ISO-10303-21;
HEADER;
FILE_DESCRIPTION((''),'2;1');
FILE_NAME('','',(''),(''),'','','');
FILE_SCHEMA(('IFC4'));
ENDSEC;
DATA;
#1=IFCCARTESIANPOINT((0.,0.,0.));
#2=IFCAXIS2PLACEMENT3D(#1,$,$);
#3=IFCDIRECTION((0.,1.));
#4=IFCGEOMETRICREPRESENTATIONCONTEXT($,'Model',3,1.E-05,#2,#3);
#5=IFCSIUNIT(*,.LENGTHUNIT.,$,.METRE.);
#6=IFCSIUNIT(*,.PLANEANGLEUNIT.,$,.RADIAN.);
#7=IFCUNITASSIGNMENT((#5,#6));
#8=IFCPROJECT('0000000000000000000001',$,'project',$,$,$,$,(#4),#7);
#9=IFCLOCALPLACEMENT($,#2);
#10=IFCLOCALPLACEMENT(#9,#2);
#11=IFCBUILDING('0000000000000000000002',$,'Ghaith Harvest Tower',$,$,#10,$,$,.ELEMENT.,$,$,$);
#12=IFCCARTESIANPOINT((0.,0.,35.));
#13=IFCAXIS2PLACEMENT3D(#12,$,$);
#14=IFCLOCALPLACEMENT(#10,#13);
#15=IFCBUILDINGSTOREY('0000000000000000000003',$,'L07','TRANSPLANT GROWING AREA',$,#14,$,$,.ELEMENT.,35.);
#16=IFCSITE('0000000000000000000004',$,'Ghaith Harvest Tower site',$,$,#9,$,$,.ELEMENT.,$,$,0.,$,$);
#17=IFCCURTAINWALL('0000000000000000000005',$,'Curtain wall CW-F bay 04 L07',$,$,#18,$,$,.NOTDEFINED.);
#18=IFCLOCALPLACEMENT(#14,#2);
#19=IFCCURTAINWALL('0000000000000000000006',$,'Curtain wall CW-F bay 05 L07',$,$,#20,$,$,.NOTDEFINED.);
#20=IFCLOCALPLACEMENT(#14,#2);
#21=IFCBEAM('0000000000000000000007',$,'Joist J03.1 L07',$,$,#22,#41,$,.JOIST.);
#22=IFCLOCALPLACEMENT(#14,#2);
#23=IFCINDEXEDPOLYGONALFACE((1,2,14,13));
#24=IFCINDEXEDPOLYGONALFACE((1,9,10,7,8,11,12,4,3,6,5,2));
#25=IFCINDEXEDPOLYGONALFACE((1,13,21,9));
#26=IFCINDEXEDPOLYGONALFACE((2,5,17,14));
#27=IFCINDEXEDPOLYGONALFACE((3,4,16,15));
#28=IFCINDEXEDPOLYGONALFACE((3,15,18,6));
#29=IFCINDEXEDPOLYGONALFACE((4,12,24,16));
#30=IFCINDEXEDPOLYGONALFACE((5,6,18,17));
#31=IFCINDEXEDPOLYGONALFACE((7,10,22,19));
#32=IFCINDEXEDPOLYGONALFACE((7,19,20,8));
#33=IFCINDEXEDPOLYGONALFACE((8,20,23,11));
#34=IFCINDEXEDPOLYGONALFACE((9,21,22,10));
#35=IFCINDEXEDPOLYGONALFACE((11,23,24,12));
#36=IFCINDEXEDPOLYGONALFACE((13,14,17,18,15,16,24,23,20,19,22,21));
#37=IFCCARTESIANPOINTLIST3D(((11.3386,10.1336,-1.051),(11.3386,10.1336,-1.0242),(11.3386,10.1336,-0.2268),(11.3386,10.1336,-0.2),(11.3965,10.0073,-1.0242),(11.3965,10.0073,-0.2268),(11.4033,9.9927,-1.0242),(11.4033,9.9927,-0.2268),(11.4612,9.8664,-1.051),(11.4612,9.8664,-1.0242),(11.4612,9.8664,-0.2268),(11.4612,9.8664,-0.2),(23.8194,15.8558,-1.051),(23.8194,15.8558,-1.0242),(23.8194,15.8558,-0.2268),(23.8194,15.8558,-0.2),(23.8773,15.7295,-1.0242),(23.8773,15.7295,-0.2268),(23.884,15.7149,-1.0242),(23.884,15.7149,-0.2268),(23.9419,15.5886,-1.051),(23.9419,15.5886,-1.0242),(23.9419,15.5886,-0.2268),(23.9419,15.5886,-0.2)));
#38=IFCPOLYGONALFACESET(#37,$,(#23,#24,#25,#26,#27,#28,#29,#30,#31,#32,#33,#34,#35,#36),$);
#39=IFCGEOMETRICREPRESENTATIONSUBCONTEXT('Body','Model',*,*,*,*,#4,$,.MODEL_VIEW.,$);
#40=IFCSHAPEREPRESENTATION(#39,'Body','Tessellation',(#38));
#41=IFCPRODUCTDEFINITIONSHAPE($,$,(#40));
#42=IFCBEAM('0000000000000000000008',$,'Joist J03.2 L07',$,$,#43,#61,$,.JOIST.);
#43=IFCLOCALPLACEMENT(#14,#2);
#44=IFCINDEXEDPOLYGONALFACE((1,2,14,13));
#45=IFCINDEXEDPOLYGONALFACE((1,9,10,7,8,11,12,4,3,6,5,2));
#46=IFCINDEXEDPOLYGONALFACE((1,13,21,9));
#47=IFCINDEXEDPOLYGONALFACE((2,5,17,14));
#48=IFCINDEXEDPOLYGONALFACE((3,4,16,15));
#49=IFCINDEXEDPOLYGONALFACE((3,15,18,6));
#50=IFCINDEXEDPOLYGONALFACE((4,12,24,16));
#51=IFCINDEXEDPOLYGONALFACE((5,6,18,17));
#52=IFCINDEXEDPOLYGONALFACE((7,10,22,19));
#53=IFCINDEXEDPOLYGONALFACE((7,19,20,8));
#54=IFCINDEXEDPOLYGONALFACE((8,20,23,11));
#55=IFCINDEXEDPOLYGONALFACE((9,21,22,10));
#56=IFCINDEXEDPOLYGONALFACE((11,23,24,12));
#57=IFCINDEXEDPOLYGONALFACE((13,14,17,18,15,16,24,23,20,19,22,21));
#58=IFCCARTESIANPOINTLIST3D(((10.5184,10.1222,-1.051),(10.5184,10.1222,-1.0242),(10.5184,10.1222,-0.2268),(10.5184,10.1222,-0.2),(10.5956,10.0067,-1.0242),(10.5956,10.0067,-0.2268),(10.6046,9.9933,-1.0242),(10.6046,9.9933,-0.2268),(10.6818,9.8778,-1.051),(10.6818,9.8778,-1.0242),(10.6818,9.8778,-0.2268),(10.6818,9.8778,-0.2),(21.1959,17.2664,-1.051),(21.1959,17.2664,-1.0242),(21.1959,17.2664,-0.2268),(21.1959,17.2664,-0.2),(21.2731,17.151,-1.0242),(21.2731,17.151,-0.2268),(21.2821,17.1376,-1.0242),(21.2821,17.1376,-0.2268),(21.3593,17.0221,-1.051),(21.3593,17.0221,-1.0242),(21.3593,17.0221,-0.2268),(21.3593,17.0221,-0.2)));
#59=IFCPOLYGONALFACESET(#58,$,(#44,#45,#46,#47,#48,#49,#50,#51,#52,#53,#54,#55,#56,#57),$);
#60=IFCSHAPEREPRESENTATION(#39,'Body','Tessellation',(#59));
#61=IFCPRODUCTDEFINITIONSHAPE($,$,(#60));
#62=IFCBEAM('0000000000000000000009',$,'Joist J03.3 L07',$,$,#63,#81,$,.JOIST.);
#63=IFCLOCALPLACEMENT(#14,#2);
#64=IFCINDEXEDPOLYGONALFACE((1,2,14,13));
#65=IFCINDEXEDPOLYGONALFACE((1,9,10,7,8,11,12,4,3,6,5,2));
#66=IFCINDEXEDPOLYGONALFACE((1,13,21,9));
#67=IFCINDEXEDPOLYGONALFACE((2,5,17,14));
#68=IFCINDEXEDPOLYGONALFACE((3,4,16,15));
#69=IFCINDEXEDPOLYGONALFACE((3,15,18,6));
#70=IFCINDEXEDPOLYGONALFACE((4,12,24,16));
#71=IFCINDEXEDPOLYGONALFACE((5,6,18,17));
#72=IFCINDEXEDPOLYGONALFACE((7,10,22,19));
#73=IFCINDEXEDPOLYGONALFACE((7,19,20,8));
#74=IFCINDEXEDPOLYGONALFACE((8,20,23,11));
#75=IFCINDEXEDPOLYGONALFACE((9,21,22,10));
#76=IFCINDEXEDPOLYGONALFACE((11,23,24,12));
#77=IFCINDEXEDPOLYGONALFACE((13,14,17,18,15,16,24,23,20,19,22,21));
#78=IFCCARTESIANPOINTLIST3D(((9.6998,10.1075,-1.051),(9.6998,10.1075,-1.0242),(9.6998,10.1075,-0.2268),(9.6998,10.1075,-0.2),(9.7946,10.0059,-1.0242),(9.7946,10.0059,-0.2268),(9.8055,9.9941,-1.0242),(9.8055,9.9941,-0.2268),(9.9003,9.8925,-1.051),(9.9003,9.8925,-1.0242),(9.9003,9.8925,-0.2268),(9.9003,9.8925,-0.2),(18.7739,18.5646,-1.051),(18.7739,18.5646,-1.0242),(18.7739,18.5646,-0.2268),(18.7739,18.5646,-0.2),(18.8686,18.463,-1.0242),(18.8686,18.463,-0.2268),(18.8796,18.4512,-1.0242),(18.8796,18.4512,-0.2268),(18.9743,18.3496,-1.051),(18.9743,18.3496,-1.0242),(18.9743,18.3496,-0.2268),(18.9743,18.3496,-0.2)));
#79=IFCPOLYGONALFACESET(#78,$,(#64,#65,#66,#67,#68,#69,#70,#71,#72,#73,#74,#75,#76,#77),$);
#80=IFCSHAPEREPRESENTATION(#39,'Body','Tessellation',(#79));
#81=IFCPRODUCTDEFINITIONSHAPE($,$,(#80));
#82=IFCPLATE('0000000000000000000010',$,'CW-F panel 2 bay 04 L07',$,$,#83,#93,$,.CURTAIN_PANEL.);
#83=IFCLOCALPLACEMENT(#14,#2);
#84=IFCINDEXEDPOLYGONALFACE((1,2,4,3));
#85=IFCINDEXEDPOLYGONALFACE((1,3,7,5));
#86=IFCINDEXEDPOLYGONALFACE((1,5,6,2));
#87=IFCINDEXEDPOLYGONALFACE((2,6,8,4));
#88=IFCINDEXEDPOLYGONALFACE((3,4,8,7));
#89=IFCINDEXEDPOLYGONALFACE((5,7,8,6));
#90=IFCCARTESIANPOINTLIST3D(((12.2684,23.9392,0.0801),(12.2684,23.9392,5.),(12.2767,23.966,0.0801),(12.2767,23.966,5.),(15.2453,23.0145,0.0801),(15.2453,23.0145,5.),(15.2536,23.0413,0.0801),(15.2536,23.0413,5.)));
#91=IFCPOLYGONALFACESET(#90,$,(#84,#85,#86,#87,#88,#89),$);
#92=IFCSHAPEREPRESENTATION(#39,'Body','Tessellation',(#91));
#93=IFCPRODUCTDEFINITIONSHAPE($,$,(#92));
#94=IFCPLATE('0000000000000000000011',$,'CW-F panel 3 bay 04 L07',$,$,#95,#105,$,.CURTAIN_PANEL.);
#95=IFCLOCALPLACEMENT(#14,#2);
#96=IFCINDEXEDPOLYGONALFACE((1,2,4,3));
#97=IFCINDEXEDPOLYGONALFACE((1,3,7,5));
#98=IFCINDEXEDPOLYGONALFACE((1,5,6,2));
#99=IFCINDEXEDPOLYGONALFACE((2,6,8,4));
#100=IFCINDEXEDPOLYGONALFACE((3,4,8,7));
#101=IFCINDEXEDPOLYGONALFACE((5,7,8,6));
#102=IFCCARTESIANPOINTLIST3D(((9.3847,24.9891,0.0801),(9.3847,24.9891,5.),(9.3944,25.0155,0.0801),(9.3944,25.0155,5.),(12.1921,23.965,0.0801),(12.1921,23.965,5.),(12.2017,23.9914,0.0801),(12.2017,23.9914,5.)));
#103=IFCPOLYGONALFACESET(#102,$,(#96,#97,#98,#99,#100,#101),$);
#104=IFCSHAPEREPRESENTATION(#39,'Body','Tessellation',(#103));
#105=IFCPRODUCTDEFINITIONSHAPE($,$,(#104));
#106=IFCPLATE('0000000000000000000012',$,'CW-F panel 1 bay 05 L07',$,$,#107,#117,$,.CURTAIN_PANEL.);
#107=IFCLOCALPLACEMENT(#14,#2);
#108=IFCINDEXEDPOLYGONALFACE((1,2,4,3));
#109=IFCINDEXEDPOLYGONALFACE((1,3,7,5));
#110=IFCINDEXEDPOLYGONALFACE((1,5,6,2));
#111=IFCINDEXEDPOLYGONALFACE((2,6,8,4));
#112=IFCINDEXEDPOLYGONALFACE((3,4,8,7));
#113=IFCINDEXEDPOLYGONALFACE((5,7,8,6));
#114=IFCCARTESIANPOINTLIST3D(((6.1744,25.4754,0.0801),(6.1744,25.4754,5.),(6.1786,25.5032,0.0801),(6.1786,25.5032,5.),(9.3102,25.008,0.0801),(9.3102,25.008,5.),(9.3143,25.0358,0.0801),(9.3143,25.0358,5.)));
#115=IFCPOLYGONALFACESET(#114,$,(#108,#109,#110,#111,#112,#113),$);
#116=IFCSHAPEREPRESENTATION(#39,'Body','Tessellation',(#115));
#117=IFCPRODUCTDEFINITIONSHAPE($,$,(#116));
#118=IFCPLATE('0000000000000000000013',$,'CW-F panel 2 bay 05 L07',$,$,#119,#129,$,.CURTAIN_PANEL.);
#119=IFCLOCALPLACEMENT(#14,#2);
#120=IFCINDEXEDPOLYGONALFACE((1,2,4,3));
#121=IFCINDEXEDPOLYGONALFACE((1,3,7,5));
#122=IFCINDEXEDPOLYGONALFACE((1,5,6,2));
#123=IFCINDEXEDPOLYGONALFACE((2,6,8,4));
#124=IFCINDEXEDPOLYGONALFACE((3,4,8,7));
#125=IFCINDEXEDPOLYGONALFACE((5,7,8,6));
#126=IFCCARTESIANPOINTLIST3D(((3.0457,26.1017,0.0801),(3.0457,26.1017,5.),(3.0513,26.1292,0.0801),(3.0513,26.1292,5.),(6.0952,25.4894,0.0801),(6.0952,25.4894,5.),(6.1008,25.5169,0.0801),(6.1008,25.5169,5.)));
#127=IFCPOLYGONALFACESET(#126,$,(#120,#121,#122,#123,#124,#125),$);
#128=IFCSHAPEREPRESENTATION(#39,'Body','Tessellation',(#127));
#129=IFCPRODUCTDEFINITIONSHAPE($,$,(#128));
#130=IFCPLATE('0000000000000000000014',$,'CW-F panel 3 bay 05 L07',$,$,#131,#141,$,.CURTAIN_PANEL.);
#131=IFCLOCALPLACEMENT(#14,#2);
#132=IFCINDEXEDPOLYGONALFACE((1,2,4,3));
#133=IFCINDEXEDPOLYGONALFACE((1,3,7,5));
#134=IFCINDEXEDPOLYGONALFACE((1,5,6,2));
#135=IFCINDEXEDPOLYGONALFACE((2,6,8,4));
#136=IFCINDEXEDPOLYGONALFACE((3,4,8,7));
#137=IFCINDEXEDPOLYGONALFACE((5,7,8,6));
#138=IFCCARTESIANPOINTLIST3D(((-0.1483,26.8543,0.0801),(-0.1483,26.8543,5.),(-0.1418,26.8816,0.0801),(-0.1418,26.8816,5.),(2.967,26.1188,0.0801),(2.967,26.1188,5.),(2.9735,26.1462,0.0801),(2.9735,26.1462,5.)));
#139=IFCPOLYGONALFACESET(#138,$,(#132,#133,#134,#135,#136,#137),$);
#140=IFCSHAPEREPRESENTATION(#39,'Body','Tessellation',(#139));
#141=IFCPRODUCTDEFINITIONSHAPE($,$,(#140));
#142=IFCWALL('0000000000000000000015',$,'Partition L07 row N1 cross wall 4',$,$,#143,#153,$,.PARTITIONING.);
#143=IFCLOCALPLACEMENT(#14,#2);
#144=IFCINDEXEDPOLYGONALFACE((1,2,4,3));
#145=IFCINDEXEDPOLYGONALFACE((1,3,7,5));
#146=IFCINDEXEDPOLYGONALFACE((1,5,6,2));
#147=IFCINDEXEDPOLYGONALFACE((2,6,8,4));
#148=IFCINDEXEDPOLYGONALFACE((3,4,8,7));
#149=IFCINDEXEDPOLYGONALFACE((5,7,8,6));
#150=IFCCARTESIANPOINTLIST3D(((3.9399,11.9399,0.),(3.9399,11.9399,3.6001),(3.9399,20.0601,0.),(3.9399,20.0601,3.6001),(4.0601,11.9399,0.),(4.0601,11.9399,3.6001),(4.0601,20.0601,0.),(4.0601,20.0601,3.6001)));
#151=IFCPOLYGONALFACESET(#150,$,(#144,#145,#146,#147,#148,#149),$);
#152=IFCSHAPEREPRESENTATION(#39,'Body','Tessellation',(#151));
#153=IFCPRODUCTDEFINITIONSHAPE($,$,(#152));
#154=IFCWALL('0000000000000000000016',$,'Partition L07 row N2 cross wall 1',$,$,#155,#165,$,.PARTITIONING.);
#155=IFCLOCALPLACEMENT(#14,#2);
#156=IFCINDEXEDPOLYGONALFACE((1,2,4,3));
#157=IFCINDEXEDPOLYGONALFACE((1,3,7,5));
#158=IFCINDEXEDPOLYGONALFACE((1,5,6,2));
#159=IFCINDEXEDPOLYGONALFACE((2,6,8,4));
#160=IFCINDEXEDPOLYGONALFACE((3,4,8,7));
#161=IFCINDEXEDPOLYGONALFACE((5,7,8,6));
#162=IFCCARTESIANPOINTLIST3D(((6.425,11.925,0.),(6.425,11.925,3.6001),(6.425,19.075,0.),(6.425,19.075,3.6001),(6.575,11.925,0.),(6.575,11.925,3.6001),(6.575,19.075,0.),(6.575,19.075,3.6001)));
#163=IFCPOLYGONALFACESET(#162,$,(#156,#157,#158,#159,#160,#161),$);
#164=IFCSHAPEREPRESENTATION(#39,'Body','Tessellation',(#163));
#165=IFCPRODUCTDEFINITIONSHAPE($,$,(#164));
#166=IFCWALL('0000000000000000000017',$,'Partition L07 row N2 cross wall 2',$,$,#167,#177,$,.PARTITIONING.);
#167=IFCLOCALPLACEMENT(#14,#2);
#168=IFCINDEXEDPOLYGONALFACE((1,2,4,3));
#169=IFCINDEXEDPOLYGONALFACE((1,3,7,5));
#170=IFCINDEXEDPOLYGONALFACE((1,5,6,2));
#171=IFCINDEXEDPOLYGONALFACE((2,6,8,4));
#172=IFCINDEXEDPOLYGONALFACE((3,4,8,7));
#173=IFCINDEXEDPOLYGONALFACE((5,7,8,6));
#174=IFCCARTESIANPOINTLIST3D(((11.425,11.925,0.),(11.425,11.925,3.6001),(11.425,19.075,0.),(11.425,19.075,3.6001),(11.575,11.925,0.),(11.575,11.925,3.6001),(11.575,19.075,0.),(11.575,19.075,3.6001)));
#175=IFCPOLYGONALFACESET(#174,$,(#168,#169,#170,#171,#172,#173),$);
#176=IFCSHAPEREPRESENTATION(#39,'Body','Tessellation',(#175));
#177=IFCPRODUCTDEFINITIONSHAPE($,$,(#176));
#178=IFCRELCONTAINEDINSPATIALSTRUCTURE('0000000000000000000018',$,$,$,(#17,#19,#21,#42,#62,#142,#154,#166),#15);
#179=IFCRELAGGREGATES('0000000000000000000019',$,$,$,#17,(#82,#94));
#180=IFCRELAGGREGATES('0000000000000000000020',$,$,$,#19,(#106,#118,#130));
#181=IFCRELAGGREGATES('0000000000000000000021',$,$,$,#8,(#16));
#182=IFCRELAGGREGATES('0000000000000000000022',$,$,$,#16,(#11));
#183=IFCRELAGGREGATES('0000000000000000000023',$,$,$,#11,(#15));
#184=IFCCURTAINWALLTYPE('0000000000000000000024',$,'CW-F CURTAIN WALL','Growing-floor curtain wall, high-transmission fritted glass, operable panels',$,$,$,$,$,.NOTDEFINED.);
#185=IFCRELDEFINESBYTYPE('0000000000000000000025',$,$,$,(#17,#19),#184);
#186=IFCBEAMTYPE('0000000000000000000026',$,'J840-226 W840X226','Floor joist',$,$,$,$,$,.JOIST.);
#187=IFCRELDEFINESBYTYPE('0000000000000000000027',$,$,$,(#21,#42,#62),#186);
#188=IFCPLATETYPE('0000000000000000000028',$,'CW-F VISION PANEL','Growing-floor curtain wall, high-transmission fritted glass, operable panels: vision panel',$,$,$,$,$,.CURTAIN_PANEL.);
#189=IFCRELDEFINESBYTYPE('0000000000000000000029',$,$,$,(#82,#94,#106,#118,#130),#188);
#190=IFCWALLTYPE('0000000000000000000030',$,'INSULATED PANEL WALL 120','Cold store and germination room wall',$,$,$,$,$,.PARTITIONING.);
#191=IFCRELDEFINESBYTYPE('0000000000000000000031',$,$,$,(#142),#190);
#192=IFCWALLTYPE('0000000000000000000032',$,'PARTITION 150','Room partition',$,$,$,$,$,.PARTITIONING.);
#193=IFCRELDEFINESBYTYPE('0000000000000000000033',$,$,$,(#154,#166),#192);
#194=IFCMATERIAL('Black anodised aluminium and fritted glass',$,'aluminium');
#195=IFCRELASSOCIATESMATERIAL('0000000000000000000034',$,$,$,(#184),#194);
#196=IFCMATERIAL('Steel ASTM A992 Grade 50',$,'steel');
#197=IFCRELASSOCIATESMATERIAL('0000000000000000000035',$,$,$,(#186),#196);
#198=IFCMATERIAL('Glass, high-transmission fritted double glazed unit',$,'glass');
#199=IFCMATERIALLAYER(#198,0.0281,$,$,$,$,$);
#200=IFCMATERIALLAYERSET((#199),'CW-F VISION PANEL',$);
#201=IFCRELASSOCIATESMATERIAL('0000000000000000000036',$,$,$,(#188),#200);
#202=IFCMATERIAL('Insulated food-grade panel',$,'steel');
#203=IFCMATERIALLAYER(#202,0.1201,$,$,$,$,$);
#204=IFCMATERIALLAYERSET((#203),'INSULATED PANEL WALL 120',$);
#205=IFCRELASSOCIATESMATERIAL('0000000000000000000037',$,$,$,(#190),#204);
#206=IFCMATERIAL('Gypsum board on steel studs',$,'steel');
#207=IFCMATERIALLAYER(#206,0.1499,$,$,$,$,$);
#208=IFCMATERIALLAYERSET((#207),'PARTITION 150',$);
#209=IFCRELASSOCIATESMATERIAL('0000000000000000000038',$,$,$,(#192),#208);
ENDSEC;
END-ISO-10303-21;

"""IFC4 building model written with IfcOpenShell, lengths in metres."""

from ifc_helpers import new_model, si_unit, direction, frame, frame_2d, origin, origin_2d, place, context, subcontext, project, spatial, rectangle, i_section, extrude, material, layer, layer_set, material_profile, profile_set, type_object, element, aggregate, save


model = new_model("IFC4")

# Units and contexts
model_context = context("Model", 3, precision=1e-05, world=origin(), true_north=direction((0.0, 1.0)))
body_context = subcontext(model_context, "Body", "Model", "MODEL_VIEW")
ifc_project = project(units=[si_unit("LENGTHUNIT", "METRE"), si_unit("PLANEANGLEUNIT", "RADIAN")], contexts=[model_context])

# Site, building, storey
site_placement = place(None, origin())
site = spatial("IfcSite", under=ifc_project, at=site_placement, Name="Ghaith Harvest Tower site", CompositionType="ELEMENT", RefElevation=0.0)
building_placement = place(site_placement, origin())
building = spatial("IfcBuilding", under=site, at=building_placement, Name="Ghaith Harvest Tower", CompositionType="ELEMENT")
storey_placement = place(building_placement, frame((0.0, 0.0, 35.0)))
storey = spatial("IfcBuildingStorey", under=building, at=storey_placement, Name="L07", Description="TRANSPLANT GROWING AREA", CompositionType="ELEMENT", Elevation=35.0)

# Curtain wall
ifc_material_1 = material(Name="Black anodised aluminium and fritted glass", Category="aluminium")
curtain_wall_type = type_object("IfcCurtainWallType", Name="CW-F CURTAIN WALL", Description="Growing-floor curtain wall, high-transmission fritted glass, operable panels", PredefinedType="NOTDEFINED", material=ifc_material_1)
curtain_wall_1_placement = place(storey_placement, origin())
curtain_wall_1 = element("IfcCurtainWall", 1, at=curtain_wall_1_placement, inside=storey, type_object=curtain_wall_type, Name="Curtain wall CW-F bay 04 L07", PredefinedType="NOTDEFINED")

# Curtain wall
curtain_wall_2_placement = place(storey_placement, origin())
curtain_wall_2 = element("IfcCurtainWall", 2, at=curtain_wall_2_placement, inside=storey, type_object=curtain_wall_type, Name="Curtain wall CW-F bay 05 L07", PredefinedType="NOTDEFINED")

# Beams
ifc_material_2 = material(Name="Steel ASTM A992 Grade 50", Category="steel")
ifc_material_profile_1 = material_profile(ifc_material_2, i_section(OverallWidth=0.2939, OverallDepth=0.8511, WebThickness=0.0161, FlangeThickness=0.0269, at=origin_2d()), Name="W840X226")
ifc_profile_set_1 = profile_set([ifc_material_profile_1], Name="Steel ASTM A992 Grade 50")
beam_type_1 = type_object("IfcBeamType", Name="J840-226 W840X226", Description="Floor joist", PredefinedType="JOIST", material=ifc_profile_set_1)
beam_1_placement = place(storey_placement, frame((11.3999, 10.0, -0.6255), z_axis=(0.909014, 0.416766, 0.0), x_axis=(-0.416766, 0.909014, 0.0)))
element("IfcBeam", 3, at=beam_1_placement, inside=storey, type_object=beam_type_1, Name="Joist J03.1 L07", PredefinedType="JOIST", context=body_context, shape_type="SweptSolid", body=[
    extrude(i_section(OverallWidth=0.2939, OverallDepth=0.8511, WebThickness=0.0161, FlangeThickness=0.0269, at=origin_2d()), origin(), (0.0, 0.0, 1.0), 13.73),
])
beam_2_placement = place(storey_placement, frame((10.6001, 10.0, -0.6255), z_axis=(0.831116, 0.556098, 0.0), x_axis=(-0.556098, 0.831116, 0.0)))
element("IfcBeam", 4, at=beam_2_placement, inside=storey, type_object=beam_type_1, Name="Joist J03.2 L07", PredefinedType="JOIST", context=body_context, shape_type="SweptSolid", body=[
    extrude(i_section(OverallWidth=0.2939, OverallDepth=0.8511, WebThickness=0.0161, FlangeThickness=0.0269, at=origin_2d()), origin(), (0.0, 0.0, 1.0), 12.8472),
])
beam_3_placement = place(storey_placement, frame((9.8, 10.0, -0.6255), z_axis=(0.731538, 0.681801, 0.0), x_axis=(-0.681801, 0.731538, 0.0)))
element("IfcBeam", 5, at=beam_3_placement, inside=storey, type_object=beam_type_1, Name="Joist J03.3 L07", PredefinedType="JOIST", context=body_context, shape_type="SweptSolid", body=[
    extrude(i_section(OverallWidth=0.2939, OverallDepth=0.8511, WebThickness=0.0161, FlangeThickness=0.0269, at=origin_2d()), origin(), (0.0, 0.0, 1.0), 12.4041),
])

# Plates
ifc_material_3 = material(Name="Glass, high-transmission fritted double glazed unit", Category="glass")
ifc_layer_1 = layer(ifc_material_3, 0.0281)
ifc_layer_set_1 = layer_set([ifc_layer_1], Name="CW-F VISION PANEL")
plate_type = type_object("IfcPlateType", Name="CW-F VISION PANEL", Description="Growing-floor curtain wall, high-transmission fritted glass, operable panels: vision panel", PredefinedType="CURTAIN_PANEL", material=ifc_layer_set_1)
plate_1_placement = place(storey_placement, frame((13.761, 23.4902, 0.0801), z_axis=(0.0, 0.0, 1.0), x_axis=(-0.954988, 0.296644, 0.0)))
plate_1 = element("IfcPlate", 6, at=plate_1_placement, type_object=plate_type, Name="CW-F panel 2 bay 04 L07", PredefinedType="CURTAIN_PANEL", context=body_context, shape_type="SweptSolid", body=[
    extrude(rectangle(XDim=3.1172, YDim=0.0281, at=origin_2d()), origin(), (0.0, 0.0, 1.0), 4.9199),
])
plate_2_placement = place(storey_placement, frame((10.7932, 24.4902, 0.0801), z_axis=(0.0, 0.0, 1.0), x_axis=(-0.939438, 0.342718, 0.0)))
plate_2 = element("IfcPlate", 7, at=plate_2_placement, type_object=plate_type, Name="CW-F panel 3 bay 04 L07", PredefinedType="CURTAIN_PANEL", context=body_context, shape_type="SweptSolid", body=[
    extrude(rectangle(XDim=2.9883, YDim=0.0281, at=origin_2d()), origin(), (0.0, 0.0, 1.0), 4.9199),
])
aggregate(curtain_wall_1, [plate_1, plate_2])
plate_3_placement = place(storey_placement, frame((7.7444, 25.2556, 0.0801), z_axis=(0.0, 0.0, 1.0), x_axis=(-0.989074, 0.147418, 0.0)))
plate_3 = element("IfcPlate", 8, at=plate_3_placement, type_object=plate_type, Name="CW-F panel 1 bay 05 L07", PredefinedType="CURTAIN_PANEL", context=body_context, shape_type="SweptSolid", body=[
    extrude(rectangle(XDim=3.1704, YDim=0.0281, at=origin_2d()), origin(), (0.0, 0.0, 1.0), 4.9199),
])
plate_4_placement = place(storey_placement, frame((4.5732, 25.8093, 0.0801), z_axis=(0.0, 0.0, 1.0), x_axis=(-0.980432, 0.196856, 0.0)))
plate_4 = element("IfcPlate", 9, at=plate_4_placement, type_object=plate_type, Name="CW-F panel 2 bay 05 L07", PredefinedType="CURTAIN_PANEL", context=body_context, shape_type="SweptSolid", body=[
    extrude(rectangle(XDim=3.1104, YDim=0.0281, at=origin_2d()), origin(), (0.0, 0.0, 1.0), 4.9199),
])
plate_5_placement = place(storey_placement, frame((1.4126, 26.5002, 0.0801), z_axis=(0.0, 0.0, 1.0), x_axis=(-0.973246, 0.229766, 0.0)))
plate_5 = element("IfcPlate", 10, at=plate_5_placement, type_object=plate_type, Name="CW-F panel 3 bay 05 L07", PredefinedType="CURTAIN_PANEL", context=body_context, shape_type="SweptSolid", body=[
    extrude(rectangle(XDim=3.2009, YDim=0.0281, at=origin_2d()), origin(), (0.0, 0.0, 1.0), 4.9199),
])
aggregate(curtain_wall_2, [plate_3, plate_4, plate_5])

# Walls
ifc_material_4 = material(Name="Insulated food-grade panel", Category="steel")
ifc_layer_2 = layer(ifc_material_4, 0.1201)
ifc_layer_set_2 = layer_set([ifc_layer_2], Name="INSULATED PANEL WALL 120")
wall_type_1 = type_object("IfcWallType", Name="INSULATED PANEL WALL 120", Description="Cold store and germination room wall", PredefinedType="PARTITIONING", material=ifc_layer_set_2)
wall_1_placement = place(storey_placement, frame((4.0, 11.9399, 0.0), z_axis=(0.0, 0.0, 1.0), x_axis=(0.0, 1.0, 0.0)))
element("IfcWall", 11, at=wall_1_placement, inside=storey, type_object=wall_type_1, Name="Partition L07 row N1 cross wall 4", PredefinedType="PARTITIONING", context=body_context, shape_type="SweptSolid", body=[
    extrude(rectangle(XDim=8.1201, YDim=0.1201, at=frame_2d((4.0601, 0.0))), origin(), (0.0, 0.0, 1.0), 3.6001),
])
ifc_material_5 = material(Name="Gypsum board on steel studs", Category="steel")
ifc_layer_3 = layer(ifc_material_5, 0.1499)
ifc_layer_set_3 = layer_set([ifc_layer_3], Name="PARTITION 150")
wall_type_2 = type_object("IfcWallType", Name="PARTITION 150", Description="Room partition", PredefinedType="PARTITIONING", material=ifc_layer_set_3)
for number, where, z_axis, x_axis, name in (
    (12, (6.5, 11.925, 0.0), (0.0, 0.0, 1.0), (0.0, 1.0, 0.0), "Partition L07 row N2 cross wall 1"),
    (13, (11.5, 11.925, 0.0), (0.0, 0.0, 1.0), (0.0, 1.0, 0.0), "Partition L07 row N2 cross wall 2"),
):
    element("IfcWall", number, at=place(storey_placement, frame(where, z_axis=z_axis, x_axis=x_axis)), inside=storey, type_object=wall_type_2, Name=name, PredefinedType="PARTITIONING", context=body_context, shape_type="SweptSolid", body=[
        extrude(rectangle(XDim=7.1499, YDim=0.1499, at=frame_2d((3.575, 0.0))), origin(), (0.0, 0.0, 1.0), 3.6001),
    ])

save(model, "model.ifc")
